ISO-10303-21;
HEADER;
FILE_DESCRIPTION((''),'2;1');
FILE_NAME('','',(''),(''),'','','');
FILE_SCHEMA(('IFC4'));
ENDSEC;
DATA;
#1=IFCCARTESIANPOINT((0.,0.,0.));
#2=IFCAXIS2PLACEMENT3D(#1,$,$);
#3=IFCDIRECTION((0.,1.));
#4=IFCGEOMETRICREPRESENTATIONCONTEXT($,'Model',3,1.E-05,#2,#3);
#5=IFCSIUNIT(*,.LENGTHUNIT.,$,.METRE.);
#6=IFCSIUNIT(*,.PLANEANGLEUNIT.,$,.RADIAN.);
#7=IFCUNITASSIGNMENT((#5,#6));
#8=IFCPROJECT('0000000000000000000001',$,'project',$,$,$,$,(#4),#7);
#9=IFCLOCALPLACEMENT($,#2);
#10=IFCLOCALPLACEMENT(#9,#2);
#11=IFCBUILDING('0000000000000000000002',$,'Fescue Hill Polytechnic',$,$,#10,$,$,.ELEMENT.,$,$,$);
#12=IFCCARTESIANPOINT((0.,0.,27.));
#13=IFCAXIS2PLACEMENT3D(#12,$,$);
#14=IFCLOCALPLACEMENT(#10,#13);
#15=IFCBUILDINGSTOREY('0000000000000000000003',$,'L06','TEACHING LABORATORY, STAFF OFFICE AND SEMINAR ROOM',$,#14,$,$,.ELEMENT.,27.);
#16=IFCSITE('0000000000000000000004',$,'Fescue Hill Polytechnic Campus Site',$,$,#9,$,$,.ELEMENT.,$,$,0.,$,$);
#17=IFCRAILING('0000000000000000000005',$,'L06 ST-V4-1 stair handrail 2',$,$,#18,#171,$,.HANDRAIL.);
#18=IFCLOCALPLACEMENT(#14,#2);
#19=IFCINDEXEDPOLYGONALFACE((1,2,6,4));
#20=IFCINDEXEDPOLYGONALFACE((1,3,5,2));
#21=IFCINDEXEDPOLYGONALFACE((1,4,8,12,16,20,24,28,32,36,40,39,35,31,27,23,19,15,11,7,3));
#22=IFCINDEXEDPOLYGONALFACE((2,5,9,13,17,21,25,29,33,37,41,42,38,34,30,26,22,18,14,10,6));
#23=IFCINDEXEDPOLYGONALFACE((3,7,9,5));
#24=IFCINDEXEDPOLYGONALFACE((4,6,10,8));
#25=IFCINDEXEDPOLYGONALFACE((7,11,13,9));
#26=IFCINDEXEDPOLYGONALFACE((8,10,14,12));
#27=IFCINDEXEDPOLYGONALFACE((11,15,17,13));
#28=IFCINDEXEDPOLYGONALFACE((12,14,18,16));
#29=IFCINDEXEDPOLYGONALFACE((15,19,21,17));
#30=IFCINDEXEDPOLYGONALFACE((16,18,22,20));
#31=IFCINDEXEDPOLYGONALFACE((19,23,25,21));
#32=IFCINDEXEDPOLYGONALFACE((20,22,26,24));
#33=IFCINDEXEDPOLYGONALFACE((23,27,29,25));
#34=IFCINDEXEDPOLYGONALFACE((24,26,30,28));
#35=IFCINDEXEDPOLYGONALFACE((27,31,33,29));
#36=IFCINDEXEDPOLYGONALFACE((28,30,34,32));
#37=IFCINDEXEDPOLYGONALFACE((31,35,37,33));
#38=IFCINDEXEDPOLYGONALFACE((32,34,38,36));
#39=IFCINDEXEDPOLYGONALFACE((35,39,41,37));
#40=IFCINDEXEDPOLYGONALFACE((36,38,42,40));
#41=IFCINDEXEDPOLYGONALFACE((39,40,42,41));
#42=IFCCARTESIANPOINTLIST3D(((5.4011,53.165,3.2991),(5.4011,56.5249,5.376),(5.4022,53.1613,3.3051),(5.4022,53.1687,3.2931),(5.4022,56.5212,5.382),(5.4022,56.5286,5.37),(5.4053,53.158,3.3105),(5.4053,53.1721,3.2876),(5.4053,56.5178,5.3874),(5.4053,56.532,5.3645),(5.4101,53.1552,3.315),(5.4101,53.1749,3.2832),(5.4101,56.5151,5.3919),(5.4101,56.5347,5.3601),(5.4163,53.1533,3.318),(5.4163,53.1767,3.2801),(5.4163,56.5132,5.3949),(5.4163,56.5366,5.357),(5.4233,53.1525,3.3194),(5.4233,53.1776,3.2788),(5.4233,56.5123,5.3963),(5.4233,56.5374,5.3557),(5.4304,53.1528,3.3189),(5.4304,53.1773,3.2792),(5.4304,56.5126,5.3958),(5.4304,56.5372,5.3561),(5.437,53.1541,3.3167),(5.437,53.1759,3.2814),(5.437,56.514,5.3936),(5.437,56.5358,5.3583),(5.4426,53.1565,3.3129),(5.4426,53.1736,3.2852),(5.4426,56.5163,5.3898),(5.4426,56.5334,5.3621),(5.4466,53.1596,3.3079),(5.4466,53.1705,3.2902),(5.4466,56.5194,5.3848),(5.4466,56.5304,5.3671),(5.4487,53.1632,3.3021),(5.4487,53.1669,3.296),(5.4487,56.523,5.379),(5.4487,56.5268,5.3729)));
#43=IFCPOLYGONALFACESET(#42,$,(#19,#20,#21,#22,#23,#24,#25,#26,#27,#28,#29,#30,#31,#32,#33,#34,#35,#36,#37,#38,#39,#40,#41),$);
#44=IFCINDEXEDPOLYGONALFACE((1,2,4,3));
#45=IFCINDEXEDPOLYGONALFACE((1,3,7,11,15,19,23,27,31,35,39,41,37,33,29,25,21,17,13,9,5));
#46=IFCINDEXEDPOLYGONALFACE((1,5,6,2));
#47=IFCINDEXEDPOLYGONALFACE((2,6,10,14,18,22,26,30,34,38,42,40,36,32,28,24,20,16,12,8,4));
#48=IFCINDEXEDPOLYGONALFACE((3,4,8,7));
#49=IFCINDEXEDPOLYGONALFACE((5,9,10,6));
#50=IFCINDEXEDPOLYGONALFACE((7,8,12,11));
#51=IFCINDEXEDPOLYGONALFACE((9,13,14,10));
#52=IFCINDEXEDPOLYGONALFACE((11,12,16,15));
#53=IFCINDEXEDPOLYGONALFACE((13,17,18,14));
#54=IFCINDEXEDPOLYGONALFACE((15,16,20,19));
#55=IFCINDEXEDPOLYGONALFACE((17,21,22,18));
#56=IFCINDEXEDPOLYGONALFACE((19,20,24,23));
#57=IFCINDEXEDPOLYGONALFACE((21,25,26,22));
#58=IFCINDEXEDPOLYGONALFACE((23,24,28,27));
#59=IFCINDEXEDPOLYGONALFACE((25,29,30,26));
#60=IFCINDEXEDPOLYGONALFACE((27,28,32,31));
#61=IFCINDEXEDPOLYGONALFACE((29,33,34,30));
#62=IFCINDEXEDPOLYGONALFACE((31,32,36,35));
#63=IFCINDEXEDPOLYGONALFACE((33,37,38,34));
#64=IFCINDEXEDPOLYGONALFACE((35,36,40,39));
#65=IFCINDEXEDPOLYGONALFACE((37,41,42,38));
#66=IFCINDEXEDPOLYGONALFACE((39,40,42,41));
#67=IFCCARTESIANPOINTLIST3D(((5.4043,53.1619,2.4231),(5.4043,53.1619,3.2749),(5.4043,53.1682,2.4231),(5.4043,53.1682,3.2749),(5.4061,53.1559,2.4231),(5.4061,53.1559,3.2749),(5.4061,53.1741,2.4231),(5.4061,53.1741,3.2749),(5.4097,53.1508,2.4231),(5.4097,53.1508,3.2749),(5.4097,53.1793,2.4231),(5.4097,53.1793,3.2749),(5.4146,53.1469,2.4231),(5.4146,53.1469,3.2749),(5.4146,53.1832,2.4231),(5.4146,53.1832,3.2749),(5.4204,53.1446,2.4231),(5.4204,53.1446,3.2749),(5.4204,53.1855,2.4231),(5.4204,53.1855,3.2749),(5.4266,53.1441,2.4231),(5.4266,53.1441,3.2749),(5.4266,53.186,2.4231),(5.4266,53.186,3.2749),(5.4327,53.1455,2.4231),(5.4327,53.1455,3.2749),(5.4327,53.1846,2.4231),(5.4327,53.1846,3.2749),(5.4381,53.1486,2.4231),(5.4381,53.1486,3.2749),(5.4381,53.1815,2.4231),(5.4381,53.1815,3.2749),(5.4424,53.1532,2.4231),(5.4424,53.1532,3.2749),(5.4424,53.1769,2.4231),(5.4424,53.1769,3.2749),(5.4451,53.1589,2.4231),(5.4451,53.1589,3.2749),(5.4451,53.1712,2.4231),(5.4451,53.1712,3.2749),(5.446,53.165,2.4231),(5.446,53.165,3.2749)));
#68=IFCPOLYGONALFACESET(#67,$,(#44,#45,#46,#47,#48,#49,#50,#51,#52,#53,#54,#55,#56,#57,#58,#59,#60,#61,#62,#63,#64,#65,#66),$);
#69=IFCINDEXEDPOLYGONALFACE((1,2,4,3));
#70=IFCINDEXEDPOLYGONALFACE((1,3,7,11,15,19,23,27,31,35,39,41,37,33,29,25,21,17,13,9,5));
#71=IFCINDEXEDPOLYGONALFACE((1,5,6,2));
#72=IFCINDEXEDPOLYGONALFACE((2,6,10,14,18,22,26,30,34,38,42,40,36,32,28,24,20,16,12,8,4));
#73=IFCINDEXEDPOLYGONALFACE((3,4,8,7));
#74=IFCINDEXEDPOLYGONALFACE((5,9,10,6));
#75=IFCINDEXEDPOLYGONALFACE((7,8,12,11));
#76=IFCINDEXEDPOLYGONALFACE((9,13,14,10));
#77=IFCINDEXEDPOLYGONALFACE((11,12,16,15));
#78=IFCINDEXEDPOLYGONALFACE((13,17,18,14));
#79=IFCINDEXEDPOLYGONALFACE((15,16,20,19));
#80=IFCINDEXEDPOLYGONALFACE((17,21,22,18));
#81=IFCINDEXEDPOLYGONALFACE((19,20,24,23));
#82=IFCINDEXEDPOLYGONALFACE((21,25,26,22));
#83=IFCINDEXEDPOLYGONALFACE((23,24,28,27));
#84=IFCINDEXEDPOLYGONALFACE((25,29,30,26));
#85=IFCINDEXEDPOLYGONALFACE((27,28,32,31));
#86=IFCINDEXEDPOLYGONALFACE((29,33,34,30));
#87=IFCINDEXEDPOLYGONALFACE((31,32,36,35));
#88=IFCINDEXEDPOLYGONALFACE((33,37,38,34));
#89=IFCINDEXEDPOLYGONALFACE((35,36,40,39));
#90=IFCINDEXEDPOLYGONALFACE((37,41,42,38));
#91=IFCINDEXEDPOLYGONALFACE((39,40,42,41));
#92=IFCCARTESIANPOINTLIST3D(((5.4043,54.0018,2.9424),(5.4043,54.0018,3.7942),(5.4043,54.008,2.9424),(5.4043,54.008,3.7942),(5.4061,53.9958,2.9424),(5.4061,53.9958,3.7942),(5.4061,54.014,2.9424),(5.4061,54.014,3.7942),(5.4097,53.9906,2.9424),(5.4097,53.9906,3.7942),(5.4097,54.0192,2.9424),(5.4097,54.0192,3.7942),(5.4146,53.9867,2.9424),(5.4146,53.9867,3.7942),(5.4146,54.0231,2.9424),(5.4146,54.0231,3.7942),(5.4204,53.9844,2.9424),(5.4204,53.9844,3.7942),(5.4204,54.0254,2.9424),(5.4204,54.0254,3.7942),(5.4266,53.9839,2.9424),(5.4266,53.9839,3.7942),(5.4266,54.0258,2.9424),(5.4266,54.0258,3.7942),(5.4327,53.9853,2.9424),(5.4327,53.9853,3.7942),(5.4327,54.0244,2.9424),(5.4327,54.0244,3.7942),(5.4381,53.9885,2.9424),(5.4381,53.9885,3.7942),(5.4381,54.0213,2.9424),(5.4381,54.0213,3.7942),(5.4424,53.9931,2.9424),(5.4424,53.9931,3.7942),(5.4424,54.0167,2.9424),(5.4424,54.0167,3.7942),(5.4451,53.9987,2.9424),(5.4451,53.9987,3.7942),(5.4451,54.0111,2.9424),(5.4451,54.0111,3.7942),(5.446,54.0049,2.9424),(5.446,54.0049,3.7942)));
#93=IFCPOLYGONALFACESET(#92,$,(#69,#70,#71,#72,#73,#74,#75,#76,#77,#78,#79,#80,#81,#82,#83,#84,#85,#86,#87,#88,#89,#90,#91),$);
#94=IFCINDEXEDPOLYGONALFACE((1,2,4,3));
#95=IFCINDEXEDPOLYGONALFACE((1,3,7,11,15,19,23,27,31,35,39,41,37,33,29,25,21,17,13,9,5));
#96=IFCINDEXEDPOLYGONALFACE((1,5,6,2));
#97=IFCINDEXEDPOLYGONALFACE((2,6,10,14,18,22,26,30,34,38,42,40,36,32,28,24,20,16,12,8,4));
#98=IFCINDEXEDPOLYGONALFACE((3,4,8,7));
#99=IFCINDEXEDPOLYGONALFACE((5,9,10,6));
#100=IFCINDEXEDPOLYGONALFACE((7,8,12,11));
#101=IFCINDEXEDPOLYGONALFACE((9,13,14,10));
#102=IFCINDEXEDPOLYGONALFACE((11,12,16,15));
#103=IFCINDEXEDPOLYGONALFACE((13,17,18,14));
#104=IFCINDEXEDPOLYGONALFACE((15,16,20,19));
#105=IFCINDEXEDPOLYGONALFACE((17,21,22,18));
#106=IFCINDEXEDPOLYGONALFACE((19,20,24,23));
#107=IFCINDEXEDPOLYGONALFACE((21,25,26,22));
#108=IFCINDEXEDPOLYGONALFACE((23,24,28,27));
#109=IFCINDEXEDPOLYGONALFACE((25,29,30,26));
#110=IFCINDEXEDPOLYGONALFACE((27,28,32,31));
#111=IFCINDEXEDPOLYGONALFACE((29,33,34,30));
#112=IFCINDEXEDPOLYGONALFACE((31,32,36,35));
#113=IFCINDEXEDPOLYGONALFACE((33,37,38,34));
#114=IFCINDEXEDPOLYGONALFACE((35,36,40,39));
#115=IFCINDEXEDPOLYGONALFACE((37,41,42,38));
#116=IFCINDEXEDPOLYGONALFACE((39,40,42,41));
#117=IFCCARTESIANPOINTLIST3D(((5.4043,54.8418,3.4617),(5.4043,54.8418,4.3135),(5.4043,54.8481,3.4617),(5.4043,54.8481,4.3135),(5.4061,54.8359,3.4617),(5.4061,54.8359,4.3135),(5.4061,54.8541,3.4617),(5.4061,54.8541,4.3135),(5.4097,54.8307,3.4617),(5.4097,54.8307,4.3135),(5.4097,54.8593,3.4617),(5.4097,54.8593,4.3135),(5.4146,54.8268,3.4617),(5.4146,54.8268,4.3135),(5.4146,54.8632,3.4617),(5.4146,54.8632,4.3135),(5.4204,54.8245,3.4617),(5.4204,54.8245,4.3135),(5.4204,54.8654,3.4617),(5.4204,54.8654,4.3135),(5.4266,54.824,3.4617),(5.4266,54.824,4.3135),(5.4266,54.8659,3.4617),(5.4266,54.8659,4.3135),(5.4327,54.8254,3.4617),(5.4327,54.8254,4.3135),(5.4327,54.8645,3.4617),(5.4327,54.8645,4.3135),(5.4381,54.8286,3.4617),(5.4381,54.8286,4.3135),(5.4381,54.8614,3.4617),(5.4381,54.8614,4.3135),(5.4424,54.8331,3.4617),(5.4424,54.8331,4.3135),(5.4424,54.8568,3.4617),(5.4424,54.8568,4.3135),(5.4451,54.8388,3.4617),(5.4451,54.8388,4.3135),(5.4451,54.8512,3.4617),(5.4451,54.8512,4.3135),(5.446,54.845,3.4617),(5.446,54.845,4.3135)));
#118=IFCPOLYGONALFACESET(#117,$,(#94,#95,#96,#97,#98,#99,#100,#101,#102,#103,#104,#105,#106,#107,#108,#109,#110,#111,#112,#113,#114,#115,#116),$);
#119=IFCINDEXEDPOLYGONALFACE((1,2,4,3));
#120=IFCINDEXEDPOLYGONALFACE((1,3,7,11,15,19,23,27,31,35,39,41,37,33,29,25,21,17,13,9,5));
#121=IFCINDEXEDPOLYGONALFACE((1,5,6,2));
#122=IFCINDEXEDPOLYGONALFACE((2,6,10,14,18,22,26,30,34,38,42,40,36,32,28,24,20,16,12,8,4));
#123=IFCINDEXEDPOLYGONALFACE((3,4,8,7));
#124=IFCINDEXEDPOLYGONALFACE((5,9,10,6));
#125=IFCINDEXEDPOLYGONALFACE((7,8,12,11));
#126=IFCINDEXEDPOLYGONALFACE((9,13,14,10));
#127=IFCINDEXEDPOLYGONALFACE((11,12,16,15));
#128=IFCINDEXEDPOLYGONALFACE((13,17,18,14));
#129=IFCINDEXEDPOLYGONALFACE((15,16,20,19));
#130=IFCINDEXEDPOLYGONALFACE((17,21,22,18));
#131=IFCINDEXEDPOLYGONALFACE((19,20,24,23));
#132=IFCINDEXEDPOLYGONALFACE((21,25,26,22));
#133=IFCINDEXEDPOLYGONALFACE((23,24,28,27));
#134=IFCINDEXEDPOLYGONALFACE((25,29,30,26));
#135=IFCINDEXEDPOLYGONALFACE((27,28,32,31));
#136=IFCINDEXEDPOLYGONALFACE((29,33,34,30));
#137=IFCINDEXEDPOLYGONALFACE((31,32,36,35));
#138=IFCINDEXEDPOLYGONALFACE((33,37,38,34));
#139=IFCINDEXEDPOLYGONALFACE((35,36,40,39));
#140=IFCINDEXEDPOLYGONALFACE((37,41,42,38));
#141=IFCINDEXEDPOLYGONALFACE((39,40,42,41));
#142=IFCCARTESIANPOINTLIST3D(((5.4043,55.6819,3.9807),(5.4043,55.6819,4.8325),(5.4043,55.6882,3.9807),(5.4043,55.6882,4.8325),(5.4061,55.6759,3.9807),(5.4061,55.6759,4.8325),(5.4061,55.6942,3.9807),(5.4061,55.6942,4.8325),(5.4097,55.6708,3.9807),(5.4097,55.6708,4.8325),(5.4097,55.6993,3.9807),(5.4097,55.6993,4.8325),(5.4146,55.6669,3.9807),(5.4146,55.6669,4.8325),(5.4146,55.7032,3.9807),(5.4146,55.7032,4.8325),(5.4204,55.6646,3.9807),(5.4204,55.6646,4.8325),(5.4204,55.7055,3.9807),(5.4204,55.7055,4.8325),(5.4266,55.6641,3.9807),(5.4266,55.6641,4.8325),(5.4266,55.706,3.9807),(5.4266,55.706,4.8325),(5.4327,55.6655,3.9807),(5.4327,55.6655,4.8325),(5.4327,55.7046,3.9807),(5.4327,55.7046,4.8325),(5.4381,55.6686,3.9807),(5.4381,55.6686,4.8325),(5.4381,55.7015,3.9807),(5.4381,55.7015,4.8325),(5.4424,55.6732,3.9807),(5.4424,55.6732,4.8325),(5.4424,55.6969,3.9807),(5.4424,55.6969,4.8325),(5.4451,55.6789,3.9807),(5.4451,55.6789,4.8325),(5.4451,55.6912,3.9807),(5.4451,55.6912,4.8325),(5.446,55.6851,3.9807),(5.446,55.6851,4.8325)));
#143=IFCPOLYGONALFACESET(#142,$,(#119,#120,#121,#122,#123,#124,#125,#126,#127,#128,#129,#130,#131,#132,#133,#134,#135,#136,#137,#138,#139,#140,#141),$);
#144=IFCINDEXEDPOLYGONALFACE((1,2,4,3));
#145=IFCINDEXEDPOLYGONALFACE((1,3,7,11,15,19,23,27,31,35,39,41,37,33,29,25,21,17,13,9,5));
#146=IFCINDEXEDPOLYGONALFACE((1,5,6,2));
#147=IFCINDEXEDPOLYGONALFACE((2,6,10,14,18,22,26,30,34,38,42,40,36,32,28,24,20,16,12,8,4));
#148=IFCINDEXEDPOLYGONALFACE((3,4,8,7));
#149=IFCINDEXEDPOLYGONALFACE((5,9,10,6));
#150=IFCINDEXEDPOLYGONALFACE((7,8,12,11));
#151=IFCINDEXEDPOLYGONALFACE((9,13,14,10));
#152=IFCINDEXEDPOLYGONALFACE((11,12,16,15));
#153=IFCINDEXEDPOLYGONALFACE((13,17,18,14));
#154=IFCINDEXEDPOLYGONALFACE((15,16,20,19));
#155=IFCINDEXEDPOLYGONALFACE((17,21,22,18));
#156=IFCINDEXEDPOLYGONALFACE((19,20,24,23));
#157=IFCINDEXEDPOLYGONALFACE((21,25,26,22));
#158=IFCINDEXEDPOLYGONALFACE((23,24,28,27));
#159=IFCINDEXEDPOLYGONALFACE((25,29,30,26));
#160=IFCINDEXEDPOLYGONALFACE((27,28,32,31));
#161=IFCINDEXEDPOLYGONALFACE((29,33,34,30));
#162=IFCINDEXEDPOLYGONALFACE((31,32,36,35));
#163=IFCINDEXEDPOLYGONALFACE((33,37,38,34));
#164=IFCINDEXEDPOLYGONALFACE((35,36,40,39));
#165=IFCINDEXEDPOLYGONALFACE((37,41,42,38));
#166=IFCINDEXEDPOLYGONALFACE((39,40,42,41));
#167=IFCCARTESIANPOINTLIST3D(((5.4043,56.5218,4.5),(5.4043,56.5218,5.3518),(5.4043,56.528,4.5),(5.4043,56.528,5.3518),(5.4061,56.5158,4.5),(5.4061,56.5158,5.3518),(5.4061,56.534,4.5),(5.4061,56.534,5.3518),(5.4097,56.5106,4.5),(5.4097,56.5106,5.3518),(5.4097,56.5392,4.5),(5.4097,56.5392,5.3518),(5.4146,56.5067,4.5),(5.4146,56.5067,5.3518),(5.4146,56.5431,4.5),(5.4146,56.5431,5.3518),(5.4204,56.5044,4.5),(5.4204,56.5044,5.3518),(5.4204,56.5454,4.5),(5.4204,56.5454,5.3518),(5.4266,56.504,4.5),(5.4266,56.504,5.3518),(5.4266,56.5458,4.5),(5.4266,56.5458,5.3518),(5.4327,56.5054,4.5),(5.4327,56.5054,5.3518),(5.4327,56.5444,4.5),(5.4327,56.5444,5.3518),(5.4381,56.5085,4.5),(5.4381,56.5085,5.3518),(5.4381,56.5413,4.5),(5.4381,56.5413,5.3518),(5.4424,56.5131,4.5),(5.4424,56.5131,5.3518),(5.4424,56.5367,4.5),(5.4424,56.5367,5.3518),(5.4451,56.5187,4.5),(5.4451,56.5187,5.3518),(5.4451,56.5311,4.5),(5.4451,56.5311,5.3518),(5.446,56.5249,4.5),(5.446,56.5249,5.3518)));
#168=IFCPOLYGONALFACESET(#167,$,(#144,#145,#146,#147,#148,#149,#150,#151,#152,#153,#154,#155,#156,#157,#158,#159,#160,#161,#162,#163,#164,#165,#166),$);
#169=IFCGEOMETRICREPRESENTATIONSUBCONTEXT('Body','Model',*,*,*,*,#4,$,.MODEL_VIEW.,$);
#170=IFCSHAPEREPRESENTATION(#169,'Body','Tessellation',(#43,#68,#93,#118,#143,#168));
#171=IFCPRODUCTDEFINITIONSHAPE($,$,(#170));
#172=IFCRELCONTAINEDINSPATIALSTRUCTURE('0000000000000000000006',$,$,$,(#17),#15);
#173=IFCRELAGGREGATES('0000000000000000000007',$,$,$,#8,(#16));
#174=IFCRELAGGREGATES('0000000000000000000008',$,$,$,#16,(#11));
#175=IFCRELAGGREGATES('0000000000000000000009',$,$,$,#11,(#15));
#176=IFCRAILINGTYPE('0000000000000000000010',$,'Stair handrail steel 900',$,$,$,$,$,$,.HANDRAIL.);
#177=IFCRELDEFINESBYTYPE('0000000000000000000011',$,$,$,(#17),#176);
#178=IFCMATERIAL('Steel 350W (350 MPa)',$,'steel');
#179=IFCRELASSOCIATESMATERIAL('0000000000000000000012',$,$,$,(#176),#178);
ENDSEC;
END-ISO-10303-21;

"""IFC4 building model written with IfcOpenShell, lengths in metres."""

from ifc_helpers import new_model, si_unit, direction, frame, origin, origin_2d, place, context, subcontext, project, spatial, circle, extrude, material, type_object, element, save


model = new_model("IFC4")

# Units and contexts
model_context = context("Model", 3, precision=1e-05, world=origin(), true_north=direction((0.0, 1.0)))
body_context = subcontext(model_context, "Body", "Model", "MODEL_VIEW")
ifc_project = project(units=[si_unit("LENGTHUNIT", "METRE"), si_unit("PLANEANGLEUNIT", "RADIAN")], contexts=[model_context])

# Site, building, storey
site_placement = place(None, origin())
site = spatial("IfcSite", under=ifc_project, at=site_placement, Name="Fescue Hill Polytechnic Campus Site", CompositionType="ELEMENT", RefElevation=0.0)
building_placement = place(site_placement, origin())
building = spatial("IfcBuilding", under=site, at=building_placement, Name="Fescue Hill Polytechnic", CompositionType="ELEMENT")
storey_placement = place(building_placement, frame((0.0, 0.0, 27.0)))
storey = spatial("IfcBuildingStorey", under=building, at=storey_placement, Name="L06", Description="TEACHING LABORATORY, STAFF OFFICE AND SEMINAR ROOM", CompositionType="ELEMENT", Elevation=27.0)

# Railing
ifc_material_1 = material(Name="Steel 350W (350 MPa)", Category="steel")
railing_type_1 = type_object("IfcRailingType", Name="Stair handrail steel 900", PredefinedType="HANDRAIL", material=ifc_material_1)
for number, where, name in (
    (1, (5.425, 53.165, 2.4231), "L06 ST-V4-1 stair handrail 2"),
):
    element("IfcRailing", number, at=place(storey_placement, frame(where)), inside=storey, type_object=railing_type_1, Name=name, PredefinedType="HANDRAIL", context=body_context, shape_type="SweptSolid", body=[
        extrude(circle(Radius=0.0239, at=origin_2d()), frame((0.0, 0.0, 0.876), z_axis=(0.0, 0.850606, 0.525803), x_axis=(-1.0, 0.0, 0.0)), (0.0, 0.0, 1.0), 3.95),
        extrude(circle(Radius=0.021, at=origin_2d()), origin(), (0.0, 0.0, 1.0), 0.8518),
        extrude(circle(Radius=0.021, at=origin_2d()), frame((0.0, 0.8398, 0.5193)), (0.0, 0.0, 1.0), 0.8518),
        extrude(circle(Radius=0.021, at=origin_2d()), frame((0.0, 1.6799, 1.0386)), (0.0, 0.0, 1.0), 0.8518),
        extrude(circle(Radius=0.021, at=origin_2d()), frame((0.0, 2.52, 1.5576)), (0.0, 0.0, 1.0), 0.8518),
        extrude(circle(Radius=0.021, at=origin_2d()), frame((0.0, 3.3599, 2.0769)), (0.0, 0.0, 1.0), 0.8518),
    ])

save(model, "model.ifc")
